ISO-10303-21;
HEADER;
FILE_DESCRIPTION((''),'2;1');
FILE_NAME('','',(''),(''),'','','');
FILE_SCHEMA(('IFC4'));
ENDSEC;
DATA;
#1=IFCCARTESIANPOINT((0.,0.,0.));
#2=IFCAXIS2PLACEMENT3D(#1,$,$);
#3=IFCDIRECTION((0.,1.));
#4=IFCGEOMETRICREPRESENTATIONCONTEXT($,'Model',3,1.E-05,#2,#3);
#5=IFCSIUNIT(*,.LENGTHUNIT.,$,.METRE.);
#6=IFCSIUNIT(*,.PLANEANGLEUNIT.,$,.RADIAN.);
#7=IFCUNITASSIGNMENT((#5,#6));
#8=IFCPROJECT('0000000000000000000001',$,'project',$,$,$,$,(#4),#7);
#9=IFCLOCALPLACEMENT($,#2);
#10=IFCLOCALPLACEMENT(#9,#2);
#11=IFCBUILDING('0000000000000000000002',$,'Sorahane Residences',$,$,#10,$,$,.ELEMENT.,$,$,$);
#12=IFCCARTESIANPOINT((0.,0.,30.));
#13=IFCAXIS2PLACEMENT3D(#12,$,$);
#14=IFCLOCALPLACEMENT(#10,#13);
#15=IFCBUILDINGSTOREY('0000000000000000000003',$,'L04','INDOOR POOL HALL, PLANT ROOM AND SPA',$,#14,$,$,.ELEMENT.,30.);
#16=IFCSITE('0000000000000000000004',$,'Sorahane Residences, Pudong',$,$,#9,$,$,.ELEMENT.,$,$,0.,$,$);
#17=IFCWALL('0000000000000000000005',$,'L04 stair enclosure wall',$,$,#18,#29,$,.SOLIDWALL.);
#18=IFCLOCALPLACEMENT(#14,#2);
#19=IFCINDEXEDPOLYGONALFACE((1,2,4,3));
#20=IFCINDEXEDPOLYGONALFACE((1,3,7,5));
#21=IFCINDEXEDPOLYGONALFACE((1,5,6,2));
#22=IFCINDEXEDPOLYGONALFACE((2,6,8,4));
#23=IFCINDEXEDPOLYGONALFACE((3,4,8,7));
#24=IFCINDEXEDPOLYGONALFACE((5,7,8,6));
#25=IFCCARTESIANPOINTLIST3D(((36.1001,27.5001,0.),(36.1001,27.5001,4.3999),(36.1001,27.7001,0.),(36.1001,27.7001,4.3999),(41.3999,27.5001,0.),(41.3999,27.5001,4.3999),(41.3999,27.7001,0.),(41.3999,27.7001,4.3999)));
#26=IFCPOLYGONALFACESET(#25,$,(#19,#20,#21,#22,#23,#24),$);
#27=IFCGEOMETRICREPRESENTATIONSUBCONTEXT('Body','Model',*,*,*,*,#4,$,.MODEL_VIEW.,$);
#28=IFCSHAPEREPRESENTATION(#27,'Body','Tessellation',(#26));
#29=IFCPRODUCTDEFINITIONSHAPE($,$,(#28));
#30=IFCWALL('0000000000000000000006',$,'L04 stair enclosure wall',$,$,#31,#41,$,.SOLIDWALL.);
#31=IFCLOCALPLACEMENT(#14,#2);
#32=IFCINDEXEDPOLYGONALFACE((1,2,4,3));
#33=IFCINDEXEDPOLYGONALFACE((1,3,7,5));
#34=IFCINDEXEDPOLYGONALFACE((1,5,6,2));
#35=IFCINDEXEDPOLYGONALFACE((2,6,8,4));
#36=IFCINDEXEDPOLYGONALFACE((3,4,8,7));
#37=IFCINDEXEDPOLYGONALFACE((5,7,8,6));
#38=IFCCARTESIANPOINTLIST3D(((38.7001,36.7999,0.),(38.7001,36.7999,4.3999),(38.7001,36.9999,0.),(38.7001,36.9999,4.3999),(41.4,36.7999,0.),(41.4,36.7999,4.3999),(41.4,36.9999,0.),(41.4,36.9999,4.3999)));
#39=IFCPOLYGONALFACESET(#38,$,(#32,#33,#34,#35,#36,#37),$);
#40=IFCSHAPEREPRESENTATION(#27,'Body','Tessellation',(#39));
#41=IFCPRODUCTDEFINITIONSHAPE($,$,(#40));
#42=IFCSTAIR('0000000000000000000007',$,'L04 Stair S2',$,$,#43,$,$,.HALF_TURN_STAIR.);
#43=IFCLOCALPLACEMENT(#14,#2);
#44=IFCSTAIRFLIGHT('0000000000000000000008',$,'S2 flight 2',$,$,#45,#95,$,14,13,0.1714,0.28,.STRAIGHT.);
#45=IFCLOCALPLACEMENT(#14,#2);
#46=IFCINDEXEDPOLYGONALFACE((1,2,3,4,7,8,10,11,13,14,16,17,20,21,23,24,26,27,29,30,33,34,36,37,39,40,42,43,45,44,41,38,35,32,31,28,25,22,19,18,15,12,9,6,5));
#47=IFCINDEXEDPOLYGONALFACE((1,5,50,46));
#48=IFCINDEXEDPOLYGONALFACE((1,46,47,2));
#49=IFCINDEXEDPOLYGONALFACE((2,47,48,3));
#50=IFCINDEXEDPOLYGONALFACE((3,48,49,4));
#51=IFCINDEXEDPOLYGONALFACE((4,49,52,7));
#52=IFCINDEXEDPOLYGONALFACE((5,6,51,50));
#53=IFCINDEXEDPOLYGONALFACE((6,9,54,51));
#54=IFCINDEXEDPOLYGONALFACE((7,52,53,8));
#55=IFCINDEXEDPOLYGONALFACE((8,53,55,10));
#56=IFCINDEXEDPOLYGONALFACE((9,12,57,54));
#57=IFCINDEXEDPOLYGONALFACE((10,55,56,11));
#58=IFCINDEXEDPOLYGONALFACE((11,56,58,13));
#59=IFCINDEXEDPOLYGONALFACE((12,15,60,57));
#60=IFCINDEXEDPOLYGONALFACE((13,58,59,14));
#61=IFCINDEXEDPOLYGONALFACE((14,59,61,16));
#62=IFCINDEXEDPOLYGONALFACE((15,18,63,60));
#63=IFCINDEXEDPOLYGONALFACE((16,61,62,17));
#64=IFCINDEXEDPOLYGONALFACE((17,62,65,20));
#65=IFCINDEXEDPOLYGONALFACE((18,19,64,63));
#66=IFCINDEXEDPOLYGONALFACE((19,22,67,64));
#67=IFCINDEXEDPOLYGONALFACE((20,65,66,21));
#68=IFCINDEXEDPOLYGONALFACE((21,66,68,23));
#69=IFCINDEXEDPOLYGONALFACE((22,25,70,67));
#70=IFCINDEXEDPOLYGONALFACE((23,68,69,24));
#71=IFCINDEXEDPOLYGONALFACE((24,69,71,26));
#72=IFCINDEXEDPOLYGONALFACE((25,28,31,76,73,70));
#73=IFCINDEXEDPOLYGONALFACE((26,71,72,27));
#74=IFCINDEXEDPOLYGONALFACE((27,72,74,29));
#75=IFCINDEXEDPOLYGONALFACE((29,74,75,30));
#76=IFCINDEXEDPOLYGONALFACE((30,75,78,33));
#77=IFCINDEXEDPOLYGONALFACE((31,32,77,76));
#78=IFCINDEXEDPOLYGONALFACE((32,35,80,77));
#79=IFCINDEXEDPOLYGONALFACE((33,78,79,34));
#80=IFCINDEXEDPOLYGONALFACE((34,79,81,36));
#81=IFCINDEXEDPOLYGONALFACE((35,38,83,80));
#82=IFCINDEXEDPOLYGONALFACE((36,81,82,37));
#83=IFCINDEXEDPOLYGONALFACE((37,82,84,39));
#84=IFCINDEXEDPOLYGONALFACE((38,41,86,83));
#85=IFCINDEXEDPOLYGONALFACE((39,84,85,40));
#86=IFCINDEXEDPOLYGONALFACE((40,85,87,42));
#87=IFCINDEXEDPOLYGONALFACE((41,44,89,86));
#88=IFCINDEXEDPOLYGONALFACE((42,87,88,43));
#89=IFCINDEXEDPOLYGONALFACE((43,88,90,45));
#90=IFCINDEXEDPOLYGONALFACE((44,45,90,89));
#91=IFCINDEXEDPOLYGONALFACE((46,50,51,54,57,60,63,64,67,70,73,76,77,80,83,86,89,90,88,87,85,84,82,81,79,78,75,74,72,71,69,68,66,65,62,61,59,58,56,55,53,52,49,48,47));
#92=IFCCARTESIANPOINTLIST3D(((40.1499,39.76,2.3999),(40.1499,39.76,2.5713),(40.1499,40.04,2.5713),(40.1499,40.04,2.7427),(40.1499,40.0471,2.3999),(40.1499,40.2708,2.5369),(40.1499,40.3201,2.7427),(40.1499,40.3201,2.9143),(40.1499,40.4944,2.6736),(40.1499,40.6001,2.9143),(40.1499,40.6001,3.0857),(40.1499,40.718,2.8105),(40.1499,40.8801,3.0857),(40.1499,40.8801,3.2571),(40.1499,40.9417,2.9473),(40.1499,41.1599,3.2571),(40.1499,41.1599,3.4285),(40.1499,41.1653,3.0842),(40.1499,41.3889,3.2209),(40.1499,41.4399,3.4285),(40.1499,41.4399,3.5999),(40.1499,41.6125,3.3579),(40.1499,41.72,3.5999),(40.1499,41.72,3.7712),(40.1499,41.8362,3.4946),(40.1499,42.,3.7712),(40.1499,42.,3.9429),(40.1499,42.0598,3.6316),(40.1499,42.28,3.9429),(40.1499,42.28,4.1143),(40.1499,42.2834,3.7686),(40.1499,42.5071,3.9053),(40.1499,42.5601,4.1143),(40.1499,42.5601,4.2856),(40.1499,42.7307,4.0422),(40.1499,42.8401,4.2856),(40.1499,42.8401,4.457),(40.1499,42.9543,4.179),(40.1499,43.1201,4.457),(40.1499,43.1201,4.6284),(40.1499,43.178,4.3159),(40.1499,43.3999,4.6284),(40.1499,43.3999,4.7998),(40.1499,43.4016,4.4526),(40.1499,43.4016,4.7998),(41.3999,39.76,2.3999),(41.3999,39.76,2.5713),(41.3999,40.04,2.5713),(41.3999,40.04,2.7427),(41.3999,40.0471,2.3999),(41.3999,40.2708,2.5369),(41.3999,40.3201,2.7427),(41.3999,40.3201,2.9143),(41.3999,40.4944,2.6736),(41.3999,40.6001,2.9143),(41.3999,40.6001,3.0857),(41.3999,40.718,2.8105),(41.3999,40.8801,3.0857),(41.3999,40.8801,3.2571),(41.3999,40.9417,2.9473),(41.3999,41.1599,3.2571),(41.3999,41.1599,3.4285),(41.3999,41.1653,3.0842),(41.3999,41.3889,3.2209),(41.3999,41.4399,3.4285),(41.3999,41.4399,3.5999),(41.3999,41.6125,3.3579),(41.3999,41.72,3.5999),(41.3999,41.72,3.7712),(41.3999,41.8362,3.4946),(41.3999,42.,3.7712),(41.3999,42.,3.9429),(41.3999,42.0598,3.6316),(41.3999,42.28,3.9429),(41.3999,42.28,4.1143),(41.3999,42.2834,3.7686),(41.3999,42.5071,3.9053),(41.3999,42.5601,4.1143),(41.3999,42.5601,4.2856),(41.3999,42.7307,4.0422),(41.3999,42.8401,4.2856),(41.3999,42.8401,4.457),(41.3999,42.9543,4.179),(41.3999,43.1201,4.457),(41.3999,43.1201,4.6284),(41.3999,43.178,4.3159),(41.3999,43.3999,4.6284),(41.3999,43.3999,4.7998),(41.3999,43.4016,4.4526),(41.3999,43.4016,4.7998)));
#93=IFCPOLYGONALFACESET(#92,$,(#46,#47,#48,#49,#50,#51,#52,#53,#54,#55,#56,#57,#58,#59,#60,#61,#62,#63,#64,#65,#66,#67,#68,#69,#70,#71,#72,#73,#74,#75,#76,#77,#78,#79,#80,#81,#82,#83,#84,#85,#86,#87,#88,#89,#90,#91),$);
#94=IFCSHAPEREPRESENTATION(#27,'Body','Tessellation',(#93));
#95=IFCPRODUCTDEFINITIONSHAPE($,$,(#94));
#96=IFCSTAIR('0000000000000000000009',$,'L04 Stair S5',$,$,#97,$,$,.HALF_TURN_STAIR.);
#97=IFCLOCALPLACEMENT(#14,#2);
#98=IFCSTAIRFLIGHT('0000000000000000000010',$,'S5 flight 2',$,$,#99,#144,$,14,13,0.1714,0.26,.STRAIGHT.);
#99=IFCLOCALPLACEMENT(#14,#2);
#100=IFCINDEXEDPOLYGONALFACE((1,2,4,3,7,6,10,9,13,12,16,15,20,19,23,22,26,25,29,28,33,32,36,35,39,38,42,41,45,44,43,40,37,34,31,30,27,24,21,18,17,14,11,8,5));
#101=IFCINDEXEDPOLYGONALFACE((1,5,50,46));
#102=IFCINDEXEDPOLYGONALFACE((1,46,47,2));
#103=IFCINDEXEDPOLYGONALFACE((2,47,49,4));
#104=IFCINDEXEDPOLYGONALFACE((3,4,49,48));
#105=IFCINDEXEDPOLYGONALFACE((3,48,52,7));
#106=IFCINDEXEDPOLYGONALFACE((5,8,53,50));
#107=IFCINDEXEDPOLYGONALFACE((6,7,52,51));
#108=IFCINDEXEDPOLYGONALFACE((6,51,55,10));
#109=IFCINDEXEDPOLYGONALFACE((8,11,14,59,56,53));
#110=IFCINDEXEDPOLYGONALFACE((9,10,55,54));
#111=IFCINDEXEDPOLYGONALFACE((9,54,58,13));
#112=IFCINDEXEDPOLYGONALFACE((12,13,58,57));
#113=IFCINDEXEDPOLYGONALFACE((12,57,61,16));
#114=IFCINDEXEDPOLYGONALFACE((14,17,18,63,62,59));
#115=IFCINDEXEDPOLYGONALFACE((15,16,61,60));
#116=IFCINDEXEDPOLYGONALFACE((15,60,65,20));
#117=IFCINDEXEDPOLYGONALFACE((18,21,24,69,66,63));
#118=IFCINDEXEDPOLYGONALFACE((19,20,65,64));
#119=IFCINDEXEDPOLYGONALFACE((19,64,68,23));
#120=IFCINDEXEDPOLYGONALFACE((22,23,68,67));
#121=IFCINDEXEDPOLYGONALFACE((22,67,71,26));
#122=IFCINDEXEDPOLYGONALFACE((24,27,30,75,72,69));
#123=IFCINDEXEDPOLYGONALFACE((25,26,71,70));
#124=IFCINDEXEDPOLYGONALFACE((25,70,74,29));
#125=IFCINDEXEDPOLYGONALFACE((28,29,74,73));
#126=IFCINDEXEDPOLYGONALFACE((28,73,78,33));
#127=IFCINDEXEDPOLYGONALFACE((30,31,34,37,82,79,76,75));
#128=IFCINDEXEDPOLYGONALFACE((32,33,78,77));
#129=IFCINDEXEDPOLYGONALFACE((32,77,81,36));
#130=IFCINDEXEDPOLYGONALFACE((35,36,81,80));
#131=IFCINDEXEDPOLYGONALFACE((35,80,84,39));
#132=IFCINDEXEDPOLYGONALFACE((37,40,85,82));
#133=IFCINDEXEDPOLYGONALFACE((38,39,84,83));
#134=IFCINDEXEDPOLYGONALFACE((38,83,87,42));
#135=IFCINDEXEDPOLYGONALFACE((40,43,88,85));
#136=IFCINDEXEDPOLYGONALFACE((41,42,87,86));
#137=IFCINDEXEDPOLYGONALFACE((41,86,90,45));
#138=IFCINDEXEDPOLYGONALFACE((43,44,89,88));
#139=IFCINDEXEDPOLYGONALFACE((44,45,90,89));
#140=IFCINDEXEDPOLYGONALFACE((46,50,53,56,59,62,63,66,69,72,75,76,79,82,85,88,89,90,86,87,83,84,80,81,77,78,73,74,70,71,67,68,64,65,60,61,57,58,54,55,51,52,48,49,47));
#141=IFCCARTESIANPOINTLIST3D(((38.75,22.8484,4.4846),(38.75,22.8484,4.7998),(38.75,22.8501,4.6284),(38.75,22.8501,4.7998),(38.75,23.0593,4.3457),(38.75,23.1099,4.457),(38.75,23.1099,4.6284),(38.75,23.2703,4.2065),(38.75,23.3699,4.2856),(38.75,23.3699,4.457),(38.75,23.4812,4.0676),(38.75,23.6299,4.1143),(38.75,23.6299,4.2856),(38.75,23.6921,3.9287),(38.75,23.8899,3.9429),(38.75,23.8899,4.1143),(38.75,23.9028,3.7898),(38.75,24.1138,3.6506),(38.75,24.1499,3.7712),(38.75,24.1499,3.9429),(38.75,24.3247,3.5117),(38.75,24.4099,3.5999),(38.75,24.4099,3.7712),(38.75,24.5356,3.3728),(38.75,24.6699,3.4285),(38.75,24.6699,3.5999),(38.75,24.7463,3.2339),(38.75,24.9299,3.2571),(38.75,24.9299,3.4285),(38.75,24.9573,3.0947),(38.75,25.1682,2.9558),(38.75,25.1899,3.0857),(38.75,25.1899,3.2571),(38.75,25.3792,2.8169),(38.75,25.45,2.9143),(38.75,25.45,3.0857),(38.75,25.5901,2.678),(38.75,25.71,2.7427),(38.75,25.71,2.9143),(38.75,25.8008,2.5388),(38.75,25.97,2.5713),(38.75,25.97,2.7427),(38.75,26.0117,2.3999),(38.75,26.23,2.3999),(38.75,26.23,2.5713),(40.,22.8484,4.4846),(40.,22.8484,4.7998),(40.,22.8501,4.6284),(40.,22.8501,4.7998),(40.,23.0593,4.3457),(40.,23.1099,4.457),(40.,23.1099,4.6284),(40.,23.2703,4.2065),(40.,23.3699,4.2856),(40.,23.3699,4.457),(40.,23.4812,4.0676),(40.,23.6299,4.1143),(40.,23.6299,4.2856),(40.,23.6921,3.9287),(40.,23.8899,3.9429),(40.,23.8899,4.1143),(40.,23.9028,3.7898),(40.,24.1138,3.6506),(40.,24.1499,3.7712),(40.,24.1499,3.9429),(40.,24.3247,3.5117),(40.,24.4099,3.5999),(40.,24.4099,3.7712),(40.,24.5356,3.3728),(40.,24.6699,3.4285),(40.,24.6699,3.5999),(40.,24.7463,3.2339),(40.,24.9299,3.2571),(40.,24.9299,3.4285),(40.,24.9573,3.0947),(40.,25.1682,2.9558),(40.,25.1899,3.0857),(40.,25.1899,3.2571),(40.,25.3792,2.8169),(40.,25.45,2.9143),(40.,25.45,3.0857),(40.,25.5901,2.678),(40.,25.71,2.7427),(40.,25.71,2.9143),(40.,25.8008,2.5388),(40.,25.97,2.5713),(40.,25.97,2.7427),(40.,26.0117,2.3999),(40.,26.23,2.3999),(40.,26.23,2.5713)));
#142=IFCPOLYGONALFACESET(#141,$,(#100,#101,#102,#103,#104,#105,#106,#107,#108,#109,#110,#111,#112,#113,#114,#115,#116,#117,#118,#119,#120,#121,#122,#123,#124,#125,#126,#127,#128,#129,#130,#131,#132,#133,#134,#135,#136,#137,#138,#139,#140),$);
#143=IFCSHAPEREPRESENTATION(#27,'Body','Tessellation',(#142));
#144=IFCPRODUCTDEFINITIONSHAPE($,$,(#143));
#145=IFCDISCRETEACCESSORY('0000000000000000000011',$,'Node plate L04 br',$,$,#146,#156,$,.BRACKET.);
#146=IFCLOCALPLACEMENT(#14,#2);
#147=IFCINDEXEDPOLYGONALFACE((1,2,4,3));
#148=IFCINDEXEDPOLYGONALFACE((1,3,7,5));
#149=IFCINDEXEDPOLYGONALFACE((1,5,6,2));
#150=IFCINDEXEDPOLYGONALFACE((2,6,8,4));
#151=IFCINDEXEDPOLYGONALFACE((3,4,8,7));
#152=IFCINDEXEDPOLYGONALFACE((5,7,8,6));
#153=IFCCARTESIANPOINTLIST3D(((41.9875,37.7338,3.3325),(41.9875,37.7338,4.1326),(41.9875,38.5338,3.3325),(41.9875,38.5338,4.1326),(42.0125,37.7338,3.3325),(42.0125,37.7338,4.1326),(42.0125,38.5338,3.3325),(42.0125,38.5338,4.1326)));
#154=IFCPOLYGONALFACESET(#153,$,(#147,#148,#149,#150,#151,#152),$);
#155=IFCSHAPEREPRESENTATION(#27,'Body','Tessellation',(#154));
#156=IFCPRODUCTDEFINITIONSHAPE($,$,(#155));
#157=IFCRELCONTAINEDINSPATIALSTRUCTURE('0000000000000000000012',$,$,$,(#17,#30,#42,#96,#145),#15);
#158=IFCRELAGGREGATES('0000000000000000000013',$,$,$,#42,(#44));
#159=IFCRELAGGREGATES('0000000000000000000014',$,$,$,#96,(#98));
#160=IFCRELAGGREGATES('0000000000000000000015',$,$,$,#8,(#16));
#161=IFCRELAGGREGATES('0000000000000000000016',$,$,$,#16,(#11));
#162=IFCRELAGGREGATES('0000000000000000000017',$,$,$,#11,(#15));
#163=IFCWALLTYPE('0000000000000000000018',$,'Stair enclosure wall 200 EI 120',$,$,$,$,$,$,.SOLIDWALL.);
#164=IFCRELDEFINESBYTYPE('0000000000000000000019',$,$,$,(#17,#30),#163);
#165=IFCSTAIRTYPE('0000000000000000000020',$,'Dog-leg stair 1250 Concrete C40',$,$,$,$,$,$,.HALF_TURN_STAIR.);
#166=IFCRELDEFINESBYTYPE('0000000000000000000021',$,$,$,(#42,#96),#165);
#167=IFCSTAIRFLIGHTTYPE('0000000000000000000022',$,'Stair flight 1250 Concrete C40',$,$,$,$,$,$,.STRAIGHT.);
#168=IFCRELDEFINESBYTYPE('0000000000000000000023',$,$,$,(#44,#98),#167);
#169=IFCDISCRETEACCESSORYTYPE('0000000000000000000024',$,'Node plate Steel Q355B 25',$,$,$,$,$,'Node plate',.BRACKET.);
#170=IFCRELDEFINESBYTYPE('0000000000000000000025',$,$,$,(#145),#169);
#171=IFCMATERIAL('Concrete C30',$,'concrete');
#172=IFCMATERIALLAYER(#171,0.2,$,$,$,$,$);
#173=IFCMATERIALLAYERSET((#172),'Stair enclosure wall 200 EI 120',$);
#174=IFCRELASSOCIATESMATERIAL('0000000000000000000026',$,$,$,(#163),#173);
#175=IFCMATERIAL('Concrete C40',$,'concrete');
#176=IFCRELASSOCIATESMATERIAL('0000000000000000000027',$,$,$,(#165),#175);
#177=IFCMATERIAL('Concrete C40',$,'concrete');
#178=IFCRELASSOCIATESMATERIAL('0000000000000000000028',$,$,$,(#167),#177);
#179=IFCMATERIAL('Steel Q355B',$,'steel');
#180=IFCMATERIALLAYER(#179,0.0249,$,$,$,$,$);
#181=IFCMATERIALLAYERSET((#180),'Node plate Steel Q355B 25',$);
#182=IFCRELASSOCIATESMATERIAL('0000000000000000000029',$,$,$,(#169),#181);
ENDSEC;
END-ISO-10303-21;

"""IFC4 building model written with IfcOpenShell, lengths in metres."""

from ifc_helpers import new_model, si_unit, direction, frame, frame_2d, origin, origin_2d, place, context, subcontext, project, spatial, polyline, rectangle, outline, extrude, material, layer, layer_set, type_object, element, aggregate, save


model = new_model("IFC4")

# Units and contexts
model_context = context("Model", 3, precision=1e-05, world=origin(), true_north=direction((0.0, 1.0)))
body_context = subcontext(model_context, "Body", "Model", "MODEL_VIEW")
ifc_project = project(units=[si_unit("LENGTHUNIT", "METRE"), si_unit("PLANEANGLEUNIT", "RADIAN")], contexts=[model_context])

# Site, building, storey
site_placement = place(None, origin())
site = spatial("IfcSite", under=ifc_project, at=site_placement, Name="Sorahane Residences, Pudong", CompositionType="ELEMENT", RefElevation=0.0)
building_placement = place(site_placement, origin())
building = spatial("IfcBuilding", under=site, at=building_placement, Name="Sorahane Residences", CompositionType="ELEMENT")
storey_placement = place(building_placement, frame((0.0, 0.0, 30.0)))
storey = spatial("IfcBuildingStorey", under=building, at=storey_placement, Name="L04", Description="INDOOR POOL HALL, PLANT ROOM AND SPA", CompositionType="ELEMENT", Elevation=30.0)

# Walls
ifc_material_1 = material(Name="Concrete C30", Category="concrete")
ifc_layer_1 = layer(ifc_material_1, 0.2)
ifc_layer_set_1 = layer_set([ifc_layer_1], Name="Stair enclosure wall 200 EI 120")
wall_type_1 = type_object("IfcWallType", Name="Stair enclosure wall 200 EI 120", PredefinedType="SOLIDWALL", material=ifc_layer_set_1)
wall_1_placement = place(storey_placement, frame((36.1001, 27.6001, 0.0), z_axis=(0.0, 0.0, 1.0), x_axis=(1.0, 0.0, 0.0)))
element("IfcWall", 1, at=wall_1_placement, inside=storey, type_object=wall_type_1, Name="L04 stair enclosure wall", PredefinedType="SOLIDWALL", context=body_context, shape_type="SweptSolid", body=[
    extrude(rectangle(XDim=5.2998, YDim=0.2, at=frame_2d((2.6499, 0.0))), origin(), (0.0, 0.0, 1.0), 4.3999),
])
wall_2_placement = place(storey_placement, frame((38.7, 36.8999, 0.0), z_axis=(0.0, 0.0, 1.0), x_axis=(1.0, 0.0, 0.0)))
element("IfcWall", 2, at=wall_2_placement, inside=storey, type_object=wall_type_1, Name="L04 stair enclosure wall", PredefinedType="SOLIDWALL", context=body_context, shape_type="SweptSolid", body=[
    extrude(rectangle(XDim=2.7, YDim=0.2, at=frame_2d((1.3501, 0.0))), origin(), (0.0, 0.0, 1.0), 4.3999),
])

# Stairs, stair flights
ifc_material_2 = material(Name="Concrete C40", Category="concrete")
stair_type = type_object("IfcStairType", Name="Dog-leg stair 1250 Concrete C40", PredefinedType="HALF_TURN_STAIR", material=ifc_material_2)
stair_1_placement = place(storey_placement, origin())
stair_1 = element("IfcStair", 3, at=stair_1_placement, inside=storey, type_object=stair_type, Name="L04 Stair S2", PredefinedType="HALF_TURN_STAIR")
ifc_material_3 = material(Name="Concrete C40", Category="concrete")
stair_flight_type = type_object("IfcStairFlightType", Name="Stair flight 1250 Concrete C40", PredefinedType="STRAIGHT", material=ifc_material_3)
stair_flight_1_placement = place(storey_placement, frame((40.7749, 39.76, 2.3999), z_axis=(0.0, 0.0, 1.0), x_axis=(0.0, 1.0, 0.0)))
stair_flight_1 = element("IfcStairFlight", 4, at=stair_flight_1_placement, type_object=stair_flight_type, Name="S2 flight 2", NumberOfRisers=14, NumberOfTreads=13, PredefinedType="STRAIGHT", RiserHeight=0.1714, TreadLength=0.28, context=body_context, shape_type="SweptSolid", body=[
    extrude(outline(polyline([(0.0, 0.0), (0.0, 0.1714), (0.28, 0.1714), (0.28, 0.3428), (0.5601, 0.3428), (0.5601, 0.5144), (0.8401, 0.5144), (0.8401, 0.6858), (1.1201, 0.6858), (1.1201, 0.8572), (1.3999, 0.8572), (1.3999, 1.0286), (1.6799, 1.0286), (1.6799, 1.2), (1.96, 1.2), (1.96, 1.3713), (2.24, 1.3713), (2.24, 1.543), (2.52, 1.543), (2.52, 1.7144), (2.8, 1.7144), (2.8, 1.8857), (3.0801, 1.8857), (3.0801, 2.0571), (3.3601, 2.0571), (3.3601, 2.2285), (3.6399, 2.2285), (3.6399, 2.3999), (3.6416, 2.3999), (3.6416, 2.0527), (3.418, 1.916), (3.1943, 1.7791), (2.9707, 1.6423), (2.7471, 1.5054), (2.5234, 1.3687), (2.2998, 1.2317), (2.0762, 1.0947), (1.8525, 0.958), (1.6289, 0.821), (1.4053, 0.6843), (1.1816, 0.5474), (0.958, 0.4106), (0.7344, 0.2737), (0.5107, 0.137), (0.2871, 0.0), (0.0, 0.0)])), frame((0.0, 0.625, 0.0), z_axis=(0.0, -1.0, 0.0), x_axis=(1.0, 0.0, 0.0)), (0.0, 0.0, 1.0), 1.25),
])
aggregate(stair_1, [stair_flight_1])
stair_2_placement = place(storey_placement, origin())
stair_2 = element("IfcStair", 5, at=stair_2_placement, inside=storey, type_object=stair_type, Name="L04 Stair S5", PredefinedType="HALF_TURN_STAIR")
stair_flight_2_placement = place(storey_placement, frame((39.375, 26.23, 2.3999), z_axis=(0.0, 0.0, 1.0), x_axis=(0.0, -1.0, 0.0)))
stair_flight_2 = element("IfcStairFlight", 6, at=stair_flight_2_placement, type_object=stair_flight_type, Name="S5 flight 2", NumberOfRisers=14, NumberOfTreads=13, PredefinedType="STRAIGHT", RiserHeight=0.1714, TreadLength=0.26, context=body_context, shape_type="SweptSolid", body=[
    extrude(outline(polyline([(0.0, 0.0), (0.0, 0.1714), (0.26, 0.1714), (0.26, 0.3428), (0.52, 0.3428), (0.52, 0.5144), (0.78, 0.5144), (0.78, 0.6858), (1.04, 0.6858), (1.04, 0.8572), (1.3, 0.8572), (1.3, 1.0286), (1.5601, 1.0286), (1.5601, 1.2), (1.8201, 1.2), (1.8201, 1.3713), (2.0801, 1.3713), (2.0801, 1.543), (2.3401, 1.543), (2.3401, 1.7144), (2.6001, 1.7144), (2.6001, 1.8857), (2.8601, 1.8857), (2.8601, 2.0571), (3.1201, 2.0571), (3.1201, 2.2285), (3.3799, 2.2285), (3.3799, 2.3999), (3.3816, 2.3999), (3.3816, 2.0847), (3.1707, 1.9458), (2.9597, 1.8066), (2.7488, 1.6677), (2.5378, 1.5288), (2.3271, 1.3899), (2.1162, 1.2507), (1.9053, 1.1118), (1.6943, 0.9729), (1.4836, 0.834), (1.2727, 0.6948), (1.0618, 0.5559), (0.8508, 0.417), (0.6399, 0.2781), (0.4292, 0.1389), (0.2183, 0.0), (0.0, 0.0)])), frame((0.0, 0.625, 0.0), z_axis=(0.0, -1.0, 0.0), x_axis=(1.0, 0.0, 0.0)), (0.0, 0.0, 1.0), 1.25),
])
aggregate(stair_2, [stair_flight_2])

# Discrete accessory
ifc_material_4 = material(Name="Steel Q355B", Category="steel")
ifc_layer_2 = layer(ifc_material_4, 0.0249)
ifc_layer_set_2 = layer_set([ifc_layer_2], Name="Node plate Steel Q355B 25")
discrete_accessory_type = type_object("IfcDiscreteAccessoryType", Name="Node plate Steel Q355B 25", ElementType="Node plate", PredefinedType="BRACKET", material=ifc_layer_set_2)
discrete_accessory_placement = place(storey_placement, frame((42.0, 38.1338, 3.3325), z_axis=(0.0, 0.0, 1.0), x_axis=(0.0, 1.0, 0.0)))
element("IfcDiscreteAccessory", 7, at=discrete_accessory_placement, inside=storey, type_object=discrete_accessory_type, Name="Node plate L04 br", PredefinedType="BRACKET", context=body_context, shape_type="SweptSolid", body=[
    extrude(rectangle(XDim=0.8, YDim=0.0249, at=origin_2d()), origin(), (0.0, 0.0, 1.0), 0.8),
])

save(model, "model.ifc")
